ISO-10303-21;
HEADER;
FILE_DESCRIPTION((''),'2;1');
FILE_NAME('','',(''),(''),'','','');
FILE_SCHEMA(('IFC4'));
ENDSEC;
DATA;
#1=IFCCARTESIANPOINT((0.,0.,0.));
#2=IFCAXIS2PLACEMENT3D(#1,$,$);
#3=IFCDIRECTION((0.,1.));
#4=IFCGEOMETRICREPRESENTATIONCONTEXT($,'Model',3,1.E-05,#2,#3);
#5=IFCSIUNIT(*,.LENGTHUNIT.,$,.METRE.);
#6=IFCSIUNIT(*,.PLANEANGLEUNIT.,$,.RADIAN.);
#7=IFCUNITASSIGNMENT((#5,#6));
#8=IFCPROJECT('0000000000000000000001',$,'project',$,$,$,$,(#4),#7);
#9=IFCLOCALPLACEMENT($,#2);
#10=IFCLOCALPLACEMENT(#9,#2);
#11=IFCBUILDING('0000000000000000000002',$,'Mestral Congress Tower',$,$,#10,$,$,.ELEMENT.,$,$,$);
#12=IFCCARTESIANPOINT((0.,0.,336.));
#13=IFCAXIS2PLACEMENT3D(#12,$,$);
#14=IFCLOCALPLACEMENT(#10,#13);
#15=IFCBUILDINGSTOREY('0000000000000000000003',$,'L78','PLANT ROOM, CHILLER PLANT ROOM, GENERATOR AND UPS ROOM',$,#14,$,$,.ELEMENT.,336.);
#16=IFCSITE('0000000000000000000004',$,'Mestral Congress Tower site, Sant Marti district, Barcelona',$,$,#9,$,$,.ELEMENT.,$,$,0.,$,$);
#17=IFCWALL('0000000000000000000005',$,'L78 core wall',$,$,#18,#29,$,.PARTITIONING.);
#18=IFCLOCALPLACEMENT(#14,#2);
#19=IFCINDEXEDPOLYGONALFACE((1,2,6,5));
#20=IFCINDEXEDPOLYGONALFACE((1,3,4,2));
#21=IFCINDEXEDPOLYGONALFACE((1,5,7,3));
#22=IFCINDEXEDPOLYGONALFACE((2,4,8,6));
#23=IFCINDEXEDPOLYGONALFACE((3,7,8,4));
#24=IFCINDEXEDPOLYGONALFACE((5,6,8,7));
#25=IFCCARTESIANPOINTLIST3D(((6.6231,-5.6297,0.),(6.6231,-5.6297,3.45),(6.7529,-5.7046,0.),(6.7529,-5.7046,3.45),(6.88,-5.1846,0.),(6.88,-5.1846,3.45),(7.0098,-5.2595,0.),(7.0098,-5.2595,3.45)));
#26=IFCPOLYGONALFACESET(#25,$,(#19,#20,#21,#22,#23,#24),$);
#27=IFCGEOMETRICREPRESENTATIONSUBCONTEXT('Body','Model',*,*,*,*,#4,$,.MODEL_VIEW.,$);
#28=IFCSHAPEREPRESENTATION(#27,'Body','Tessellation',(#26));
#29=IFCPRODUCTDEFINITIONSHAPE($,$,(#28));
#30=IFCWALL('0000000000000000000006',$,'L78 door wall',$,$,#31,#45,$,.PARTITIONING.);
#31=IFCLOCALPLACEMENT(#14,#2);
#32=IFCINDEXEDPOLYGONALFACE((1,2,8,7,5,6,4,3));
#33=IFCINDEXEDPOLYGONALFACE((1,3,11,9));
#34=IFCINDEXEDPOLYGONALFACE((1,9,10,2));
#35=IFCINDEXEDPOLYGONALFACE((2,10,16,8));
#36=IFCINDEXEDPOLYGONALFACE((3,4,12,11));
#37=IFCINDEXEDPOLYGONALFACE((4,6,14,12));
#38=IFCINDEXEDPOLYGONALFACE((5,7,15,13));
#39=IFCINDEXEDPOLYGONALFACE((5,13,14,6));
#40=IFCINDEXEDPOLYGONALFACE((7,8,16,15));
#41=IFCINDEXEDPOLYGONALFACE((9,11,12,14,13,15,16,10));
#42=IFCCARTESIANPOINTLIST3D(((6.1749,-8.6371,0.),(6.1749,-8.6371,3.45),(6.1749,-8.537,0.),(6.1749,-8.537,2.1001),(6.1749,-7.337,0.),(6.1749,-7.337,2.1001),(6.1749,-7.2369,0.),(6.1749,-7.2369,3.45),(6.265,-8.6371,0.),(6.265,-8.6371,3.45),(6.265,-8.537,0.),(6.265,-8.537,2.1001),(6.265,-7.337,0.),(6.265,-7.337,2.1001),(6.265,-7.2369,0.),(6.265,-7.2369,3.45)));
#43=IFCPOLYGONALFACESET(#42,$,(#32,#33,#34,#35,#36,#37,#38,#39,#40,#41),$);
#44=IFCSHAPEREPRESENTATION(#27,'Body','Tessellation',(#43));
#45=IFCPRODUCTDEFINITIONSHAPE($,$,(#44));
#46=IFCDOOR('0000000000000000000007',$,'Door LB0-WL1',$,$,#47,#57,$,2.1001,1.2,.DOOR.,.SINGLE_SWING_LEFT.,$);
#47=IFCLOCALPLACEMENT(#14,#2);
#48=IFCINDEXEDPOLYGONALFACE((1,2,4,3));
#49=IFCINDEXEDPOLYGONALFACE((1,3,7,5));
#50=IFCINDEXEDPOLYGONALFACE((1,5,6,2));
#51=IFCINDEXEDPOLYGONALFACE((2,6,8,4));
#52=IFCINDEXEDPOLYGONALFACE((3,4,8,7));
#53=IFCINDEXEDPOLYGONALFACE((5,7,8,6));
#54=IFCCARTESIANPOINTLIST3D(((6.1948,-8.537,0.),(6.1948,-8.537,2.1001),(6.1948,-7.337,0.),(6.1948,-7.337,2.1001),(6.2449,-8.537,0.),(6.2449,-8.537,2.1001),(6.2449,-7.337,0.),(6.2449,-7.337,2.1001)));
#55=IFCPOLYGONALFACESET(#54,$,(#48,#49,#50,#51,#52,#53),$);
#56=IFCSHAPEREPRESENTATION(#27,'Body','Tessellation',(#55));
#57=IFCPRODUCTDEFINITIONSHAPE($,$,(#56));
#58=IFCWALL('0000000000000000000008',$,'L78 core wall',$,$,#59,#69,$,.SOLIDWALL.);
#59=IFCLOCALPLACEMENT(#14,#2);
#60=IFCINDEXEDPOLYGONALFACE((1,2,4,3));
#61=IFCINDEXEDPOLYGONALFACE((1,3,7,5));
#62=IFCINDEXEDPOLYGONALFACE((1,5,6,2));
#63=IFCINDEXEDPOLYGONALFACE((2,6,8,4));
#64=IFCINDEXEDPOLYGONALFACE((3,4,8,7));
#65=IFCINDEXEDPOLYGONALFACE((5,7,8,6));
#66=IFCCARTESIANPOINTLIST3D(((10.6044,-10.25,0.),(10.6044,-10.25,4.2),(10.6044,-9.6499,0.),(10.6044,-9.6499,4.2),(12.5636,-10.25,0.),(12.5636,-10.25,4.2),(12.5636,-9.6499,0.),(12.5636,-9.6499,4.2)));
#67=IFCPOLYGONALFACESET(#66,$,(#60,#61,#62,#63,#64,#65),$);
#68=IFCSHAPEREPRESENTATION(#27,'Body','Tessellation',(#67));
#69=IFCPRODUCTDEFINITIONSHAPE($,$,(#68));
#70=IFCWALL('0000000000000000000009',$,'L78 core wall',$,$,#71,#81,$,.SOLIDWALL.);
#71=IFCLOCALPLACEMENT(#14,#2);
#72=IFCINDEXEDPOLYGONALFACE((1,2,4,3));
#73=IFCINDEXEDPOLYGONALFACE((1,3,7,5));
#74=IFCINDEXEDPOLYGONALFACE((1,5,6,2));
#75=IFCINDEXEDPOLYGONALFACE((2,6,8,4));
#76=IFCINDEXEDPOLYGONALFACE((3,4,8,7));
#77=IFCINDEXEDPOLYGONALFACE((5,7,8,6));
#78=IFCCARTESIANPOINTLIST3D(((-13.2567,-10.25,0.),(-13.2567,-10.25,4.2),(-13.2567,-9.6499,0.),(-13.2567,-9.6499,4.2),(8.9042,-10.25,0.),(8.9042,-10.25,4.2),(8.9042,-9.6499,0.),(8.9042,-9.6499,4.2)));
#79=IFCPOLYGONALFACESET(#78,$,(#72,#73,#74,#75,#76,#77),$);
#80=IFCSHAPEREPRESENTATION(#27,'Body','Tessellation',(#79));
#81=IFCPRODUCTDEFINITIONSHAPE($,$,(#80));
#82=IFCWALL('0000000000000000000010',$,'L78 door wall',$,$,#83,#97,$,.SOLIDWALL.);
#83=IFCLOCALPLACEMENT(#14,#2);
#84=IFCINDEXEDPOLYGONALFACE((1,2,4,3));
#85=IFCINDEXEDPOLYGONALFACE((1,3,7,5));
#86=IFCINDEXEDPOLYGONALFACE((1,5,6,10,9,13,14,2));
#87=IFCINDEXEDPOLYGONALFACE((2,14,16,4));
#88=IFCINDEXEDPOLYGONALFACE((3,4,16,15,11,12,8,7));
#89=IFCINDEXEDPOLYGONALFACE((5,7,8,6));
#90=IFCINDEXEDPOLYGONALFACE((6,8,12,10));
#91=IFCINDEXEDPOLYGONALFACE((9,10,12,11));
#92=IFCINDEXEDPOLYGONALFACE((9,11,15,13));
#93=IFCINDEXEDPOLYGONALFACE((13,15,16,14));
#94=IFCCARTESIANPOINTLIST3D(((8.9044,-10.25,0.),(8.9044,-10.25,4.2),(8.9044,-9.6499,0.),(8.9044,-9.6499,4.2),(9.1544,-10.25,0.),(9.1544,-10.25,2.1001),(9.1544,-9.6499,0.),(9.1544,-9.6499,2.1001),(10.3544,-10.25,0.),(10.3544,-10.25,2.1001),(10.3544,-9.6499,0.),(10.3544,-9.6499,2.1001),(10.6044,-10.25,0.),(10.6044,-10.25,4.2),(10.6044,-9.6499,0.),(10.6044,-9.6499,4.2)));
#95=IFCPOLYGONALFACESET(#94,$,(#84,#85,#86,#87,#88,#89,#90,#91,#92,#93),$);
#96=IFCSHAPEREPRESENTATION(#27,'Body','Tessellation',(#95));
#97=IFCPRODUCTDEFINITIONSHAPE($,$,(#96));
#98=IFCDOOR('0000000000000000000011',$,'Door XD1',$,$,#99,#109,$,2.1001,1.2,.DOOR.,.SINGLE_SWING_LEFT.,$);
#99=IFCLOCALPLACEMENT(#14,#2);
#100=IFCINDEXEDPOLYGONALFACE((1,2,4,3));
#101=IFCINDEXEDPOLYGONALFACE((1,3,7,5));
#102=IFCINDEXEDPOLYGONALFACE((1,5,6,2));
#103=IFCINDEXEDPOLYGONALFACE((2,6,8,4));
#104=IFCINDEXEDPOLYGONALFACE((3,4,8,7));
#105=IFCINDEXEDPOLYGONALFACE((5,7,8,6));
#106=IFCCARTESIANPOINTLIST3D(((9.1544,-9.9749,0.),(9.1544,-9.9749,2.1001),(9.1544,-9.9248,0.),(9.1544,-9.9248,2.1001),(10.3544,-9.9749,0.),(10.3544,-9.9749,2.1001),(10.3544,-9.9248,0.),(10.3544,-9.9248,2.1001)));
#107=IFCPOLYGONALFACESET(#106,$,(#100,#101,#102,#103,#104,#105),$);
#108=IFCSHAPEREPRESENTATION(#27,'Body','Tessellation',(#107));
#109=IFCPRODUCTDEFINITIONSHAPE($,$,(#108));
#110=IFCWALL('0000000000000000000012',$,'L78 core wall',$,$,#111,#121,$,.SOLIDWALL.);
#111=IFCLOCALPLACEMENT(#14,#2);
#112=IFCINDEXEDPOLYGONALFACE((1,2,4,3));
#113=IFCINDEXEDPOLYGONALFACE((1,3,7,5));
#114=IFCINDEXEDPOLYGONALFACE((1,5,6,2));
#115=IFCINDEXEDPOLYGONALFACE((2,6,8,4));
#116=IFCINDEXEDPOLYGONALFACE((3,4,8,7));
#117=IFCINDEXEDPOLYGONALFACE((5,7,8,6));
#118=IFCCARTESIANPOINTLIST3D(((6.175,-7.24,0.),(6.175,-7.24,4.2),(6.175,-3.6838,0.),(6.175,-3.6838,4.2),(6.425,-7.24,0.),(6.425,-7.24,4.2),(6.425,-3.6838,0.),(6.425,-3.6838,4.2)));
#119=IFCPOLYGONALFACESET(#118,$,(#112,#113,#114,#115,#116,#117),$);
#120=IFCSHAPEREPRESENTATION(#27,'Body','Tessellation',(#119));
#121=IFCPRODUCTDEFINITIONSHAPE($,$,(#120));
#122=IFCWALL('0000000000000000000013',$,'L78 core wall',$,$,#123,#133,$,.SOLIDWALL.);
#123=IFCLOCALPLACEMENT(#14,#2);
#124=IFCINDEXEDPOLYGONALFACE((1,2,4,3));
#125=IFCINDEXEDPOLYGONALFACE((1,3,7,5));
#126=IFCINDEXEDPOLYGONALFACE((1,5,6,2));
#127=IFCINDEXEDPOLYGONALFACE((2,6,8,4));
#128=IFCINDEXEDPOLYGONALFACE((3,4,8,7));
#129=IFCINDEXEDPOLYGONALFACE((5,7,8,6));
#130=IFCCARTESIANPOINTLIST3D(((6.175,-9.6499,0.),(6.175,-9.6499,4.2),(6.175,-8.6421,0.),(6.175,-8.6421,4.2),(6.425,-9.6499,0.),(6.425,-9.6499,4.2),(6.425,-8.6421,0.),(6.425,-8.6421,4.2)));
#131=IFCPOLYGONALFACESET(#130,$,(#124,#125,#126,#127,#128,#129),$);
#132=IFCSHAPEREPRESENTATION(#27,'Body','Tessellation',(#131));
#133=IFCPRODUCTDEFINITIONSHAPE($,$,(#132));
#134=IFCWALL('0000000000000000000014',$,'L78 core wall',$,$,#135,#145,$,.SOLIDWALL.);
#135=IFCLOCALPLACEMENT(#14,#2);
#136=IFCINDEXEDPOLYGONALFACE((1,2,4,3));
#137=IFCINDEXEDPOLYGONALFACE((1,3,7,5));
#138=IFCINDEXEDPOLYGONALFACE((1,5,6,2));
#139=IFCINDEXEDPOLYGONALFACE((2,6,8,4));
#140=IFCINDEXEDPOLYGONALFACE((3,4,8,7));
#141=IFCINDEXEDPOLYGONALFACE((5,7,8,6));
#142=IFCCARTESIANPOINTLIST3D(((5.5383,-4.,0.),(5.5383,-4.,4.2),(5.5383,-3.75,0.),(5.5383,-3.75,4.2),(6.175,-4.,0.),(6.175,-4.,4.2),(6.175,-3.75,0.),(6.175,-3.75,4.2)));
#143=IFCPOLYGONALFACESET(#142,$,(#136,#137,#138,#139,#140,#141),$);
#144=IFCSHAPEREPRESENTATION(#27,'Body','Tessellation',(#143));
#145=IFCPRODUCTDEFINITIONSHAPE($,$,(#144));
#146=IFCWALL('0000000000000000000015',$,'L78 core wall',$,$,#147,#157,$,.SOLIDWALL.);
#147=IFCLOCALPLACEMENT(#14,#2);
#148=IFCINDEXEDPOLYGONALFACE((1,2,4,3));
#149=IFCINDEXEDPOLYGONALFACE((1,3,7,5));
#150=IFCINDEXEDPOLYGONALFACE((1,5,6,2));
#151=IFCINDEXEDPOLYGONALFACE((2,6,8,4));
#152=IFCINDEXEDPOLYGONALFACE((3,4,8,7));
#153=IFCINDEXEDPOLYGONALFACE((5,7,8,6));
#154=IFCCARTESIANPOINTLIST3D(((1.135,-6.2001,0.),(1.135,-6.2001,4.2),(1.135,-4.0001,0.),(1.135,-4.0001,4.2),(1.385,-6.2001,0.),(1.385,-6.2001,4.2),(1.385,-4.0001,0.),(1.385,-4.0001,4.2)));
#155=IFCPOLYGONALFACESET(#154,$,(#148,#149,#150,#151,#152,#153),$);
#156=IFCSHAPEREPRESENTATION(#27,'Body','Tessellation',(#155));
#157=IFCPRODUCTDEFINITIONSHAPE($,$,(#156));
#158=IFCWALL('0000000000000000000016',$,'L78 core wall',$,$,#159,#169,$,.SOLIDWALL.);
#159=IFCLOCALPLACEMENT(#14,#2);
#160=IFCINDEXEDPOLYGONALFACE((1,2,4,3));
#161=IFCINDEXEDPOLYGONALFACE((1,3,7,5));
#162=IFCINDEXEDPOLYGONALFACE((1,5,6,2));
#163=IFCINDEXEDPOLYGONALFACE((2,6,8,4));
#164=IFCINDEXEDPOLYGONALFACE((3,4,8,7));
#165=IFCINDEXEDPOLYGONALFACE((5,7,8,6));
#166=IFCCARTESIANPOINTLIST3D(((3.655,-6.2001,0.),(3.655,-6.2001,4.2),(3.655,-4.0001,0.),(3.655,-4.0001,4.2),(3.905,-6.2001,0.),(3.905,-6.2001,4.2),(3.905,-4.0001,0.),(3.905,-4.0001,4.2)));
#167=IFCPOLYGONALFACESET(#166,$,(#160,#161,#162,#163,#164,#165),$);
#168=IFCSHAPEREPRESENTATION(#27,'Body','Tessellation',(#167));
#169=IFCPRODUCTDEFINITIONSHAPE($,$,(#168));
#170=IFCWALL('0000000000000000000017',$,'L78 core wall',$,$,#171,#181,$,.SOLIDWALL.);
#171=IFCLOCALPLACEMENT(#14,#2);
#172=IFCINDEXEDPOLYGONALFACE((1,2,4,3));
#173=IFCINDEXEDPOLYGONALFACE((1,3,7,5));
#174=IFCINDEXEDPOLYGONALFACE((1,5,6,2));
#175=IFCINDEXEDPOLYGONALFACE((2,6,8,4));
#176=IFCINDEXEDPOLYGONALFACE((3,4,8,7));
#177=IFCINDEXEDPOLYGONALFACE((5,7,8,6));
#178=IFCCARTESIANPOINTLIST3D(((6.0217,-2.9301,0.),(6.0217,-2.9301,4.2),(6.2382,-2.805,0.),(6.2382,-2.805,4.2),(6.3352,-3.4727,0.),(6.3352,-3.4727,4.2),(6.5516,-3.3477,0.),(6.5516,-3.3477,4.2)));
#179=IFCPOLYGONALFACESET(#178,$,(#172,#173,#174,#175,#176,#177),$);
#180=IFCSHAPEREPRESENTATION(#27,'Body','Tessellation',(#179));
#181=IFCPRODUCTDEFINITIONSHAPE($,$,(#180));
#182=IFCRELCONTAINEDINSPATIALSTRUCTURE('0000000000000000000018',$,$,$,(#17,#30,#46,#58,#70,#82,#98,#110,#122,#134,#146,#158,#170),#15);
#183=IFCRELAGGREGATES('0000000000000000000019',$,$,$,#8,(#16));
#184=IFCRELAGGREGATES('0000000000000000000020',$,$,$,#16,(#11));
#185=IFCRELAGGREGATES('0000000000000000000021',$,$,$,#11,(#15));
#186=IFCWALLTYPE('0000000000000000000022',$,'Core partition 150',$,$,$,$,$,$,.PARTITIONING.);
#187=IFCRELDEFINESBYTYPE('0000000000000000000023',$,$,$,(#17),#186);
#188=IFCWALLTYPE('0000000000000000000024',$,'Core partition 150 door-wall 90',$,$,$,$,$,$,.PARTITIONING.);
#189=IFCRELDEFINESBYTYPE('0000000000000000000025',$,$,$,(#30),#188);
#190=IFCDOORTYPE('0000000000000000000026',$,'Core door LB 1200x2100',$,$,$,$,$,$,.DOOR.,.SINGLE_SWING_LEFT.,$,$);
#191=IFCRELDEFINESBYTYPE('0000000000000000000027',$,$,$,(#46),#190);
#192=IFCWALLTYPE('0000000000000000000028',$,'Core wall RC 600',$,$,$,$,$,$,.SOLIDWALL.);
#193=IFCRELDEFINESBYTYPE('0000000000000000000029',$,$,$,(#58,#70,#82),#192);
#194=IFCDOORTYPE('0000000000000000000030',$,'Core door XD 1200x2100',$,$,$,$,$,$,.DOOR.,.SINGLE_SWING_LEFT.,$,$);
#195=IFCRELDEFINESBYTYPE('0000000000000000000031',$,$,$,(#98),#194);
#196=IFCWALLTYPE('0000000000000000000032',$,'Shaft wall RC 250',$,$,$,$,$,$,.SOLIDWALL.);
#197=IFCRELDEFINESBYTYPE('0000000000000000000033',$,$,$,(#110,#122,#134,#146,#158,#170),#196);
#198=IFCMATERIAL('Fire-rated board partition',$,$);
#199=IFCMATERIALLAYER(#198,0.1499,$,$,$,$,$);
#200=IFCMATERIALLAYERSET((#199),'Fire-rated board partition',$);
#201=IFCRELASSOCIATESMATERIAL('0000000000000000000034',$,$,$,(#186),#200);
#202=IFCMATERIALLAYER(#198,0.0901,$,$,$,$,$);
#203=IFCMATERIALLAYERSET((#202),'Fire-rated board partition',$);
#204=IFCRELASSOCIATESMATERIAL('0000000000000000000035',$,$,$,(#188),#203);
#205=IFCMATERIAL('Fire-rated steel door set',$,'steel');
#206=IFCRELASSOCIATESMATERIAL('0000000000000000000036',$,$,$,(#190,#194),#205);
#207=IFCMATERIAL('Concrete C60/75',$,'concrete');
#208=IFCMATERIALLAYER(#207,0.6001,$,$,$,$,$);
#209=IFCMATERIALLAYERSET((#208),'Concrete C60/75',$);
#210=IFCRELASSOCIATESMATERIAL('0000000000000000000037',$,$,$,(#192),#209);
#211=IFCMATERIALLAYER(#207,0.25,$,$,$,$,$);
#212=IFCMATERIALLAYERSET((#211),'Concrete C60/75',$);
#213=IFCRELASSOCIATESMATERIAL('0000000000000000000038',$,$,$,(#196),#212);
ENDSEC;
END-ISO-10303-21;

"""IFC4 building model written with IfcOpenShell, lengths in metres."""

from ifc_helpers import new_model, si_unit, direction, frame, frame_2d, origin, place, context, subcontext, project, spatial, rectangle, extrude, material, layer, layer_set, type_object, element, fill, save


model = new_model("IFC4")

# Units and contexts
model_context = context("Model", 3, precision=1e-05, world=origin(), true_north=direction((0.0, 1.0)))
body_context = subcontext(model_context, "Body", "Model", "MODEL_VIEW")
ifc_project = project(units=[si_unit("LENGTHUNIT", "METRE"), si_unit("PLANEANGLEUNIT", "RADIAN")], contexts=[model_context])

# Site, building, storey
site_placement = place(None, origin())
site = spatial("IfcSite", under=ifc_project, at=site_placement, Name="Mestral Congress Tower site, Sant Marti district, Barcelona", CompositionType="ELEMENT", RefElevation=0.0)
building_placement = place(site_placement, origin())
building = spatial("IfcBuilding", under=site, at=building_placement, Name="Mestral Congress Tower", CompositionType="ELEMENT")
storey_placement = place(building_placement, frame((0.0, 0.0, 336.0)))
storey = spatial("IfcBuildingStorey", under=building, at=storey_placement, Name="L78", Description="PLANT ROOM, CHILLER PLANT ROOM, GENERATOR AND UPS ROOM", CompositionType="ELEMENT", Elevation=336.0)

# Wall
ifc_material_1 = material(Name="Fire-rated board partition")
ifc_layer_1 = layer(ifc_material_1, 0.1499)
ifc_layer_set_1 = layer_set([ifc_layer_1], Name="Fire-rated board partition")
wall_type_1 = type_object("IfcWallType", Name="Core partition 150", PredefinedType="PARTITIONING", material=ifc_layer_set_1)
wall_1_placement = place(storey_placement, frame((6.9448, -5.2222, 0.0), z_axis=(0.0, 0.0, 1.0), x_axis=(-0.499818, -0.86613, 0.0)))
element("IfcWall", 1, at=wall_1_placement, inside=storey, type_object=wall_type_1, Name="L78 core wall", PredefinedType="PARTITIONING", context=body_context, shape_type="SweptSolid", body=[
    extrude(rectangle(XDim=0.5139, YDim=0.1499, at=frame_2d((0.2568, 0.0))), origin(), (0.0, 0.0, 1.0), 3.45),
])

# Wall, opening, door
ifc_layer_2 = layer(ifc_material_1, 0.0901)
ifc_layer_set_2 = layer_set([ifc_layer_2], Name="Fire-rated board partition")
wall_type_2 = type_object("IfcWallType", Name="Core partition 150 door-wall 90", PredefinedType="PARTITIONING", material=ifc_layer_set_2)
wall_2_placement = place(storey_placement, frame((6.22, -7.2368, 0.0), z_axis=(0.0, 0.0, 1.0), x_axis=(0.0, -1.0, 0.0)))
wall_2 = element("IfcWall", 2, at=wall_2_placement, inside=storey, type_object=wall_type_2, Name="L78 door wall", PredefinedType="PARTITIONING", context=body_context, shape_type="SweptSolid", body=[
    extrude(rectangle(XDim=1.4001, YDim=0.0901, at=frame_2d((0.7002, 0.0))), origin(), (0.0, 0.0, 1.0), 3.45),
])
opening_1_placement = place(wall_2_placement, frame((0.1001, 0.0, 0.0)))
opening_1 = element("IfcOpeningElement", 3, at=opening_1_placement, cuts=wall_2, PredefinedType="OPENING", context=body_context, shape_type="SweptSolid", body=[
    extrude(rectangle(XDim=1.2, YDim=2.1001, at=frame_2d((0.6001, 1.05))), frame((0.0, 0.0549, 0.0), z_axis=(0.0, -1.0, 0.0), x_axis=(1.0, 0.0, 0.0)), (0.0, 0.0, 1.0), 0.1101),
])
ifc_material_2 = material(Name="Fire-rated steel door set", Category="steel")
door_type_1 = type_object("IfcDoorType", Name="Core door LB 1200x2100", OperationType="SINGLE_SWING_LEFT", PredefinedType="DOOR", material=ifc_material_2)
door_1_placement = place(opening_1_placement, origin())
door_1 = element("IfcDoor", 4, at=door_1_placement, inside=storey, type_object=door_type_1, Name="Door LB0-WL1", OperationType="SINGLE_SWING_LEFT", OverallHeight=2.1001, OverallWidth=1.2, PredefinedType="DOOR", context=body_context, shape_type="SweptSolid", body=[
    extrude(rectangle(XDim=1.2, YDim=2.1001, at=frame_2d((0.6001, 1.05))), frame((0.0, 0.0249, 0.0), z_axis=(0.0, -1.0, 0.0), x_axis=(1.0, 0.0, 0.0)), (0.0, 0.0, 1.0), 0.05),
])
fill(opening_1, door_1)

# Walls
ifc_material_3 = material(Name="Concrete C60/75", Category="concrete")
ifc_layer_3 = layer(ifc_material_3, 0.6001)
ifc_layer_set_3 = layer_set([ifc_layer_3], Name="Concrete C60/75")
wall_type_3 = type_object("IfcWallType", Name="Core wall RC 600", PredefinedType="SOLIDWALL", material=ifc_layer_set_3)
wall_3_placement = place(storey_placement, frame((10.6045, -9.95, 0.0), z_axis=(0.0, 0.0, 1.0), x_axis=(1.0, 0.0, 0.0)))
element("IfcWall", 5, at=wall_3_placement, inside=storey, type_object=wall_type_3, Name="L78 core wall", PredefinedType="SOLIDWALL", context=body_context, shape_type="SweptSolid", body=[
    extrude(rectangle(XDim=1.9592, YDim=0.6001, at=frame_2d((0.9795, 0.0))), origin(), (0.0, 0.0, 1.0), 4.2),
])
wall_4_placement = place(storey_placement, frame((8.9043, -9.95, 0.0), z_axis=(0.0, 0.0, 1.0), x_axis=(-1.0, 0.0, 0.0)))
element("IfcWall", 6, at=wall_4_placement, inside=storey, type_object=wall_type_3, Name="L78 core wall", PredefinedType="SOLIDWALL", context=body_context, shape_type="SweptSolid", body=[
    extrude(rectangle(XDim=22.1609, YDim=0.6001, at=frame_2d((11.0806, 0.0))), origin(), (0.0, 0.0, 1.0), 4.2),
])

# Wall, opening, door
wall_5_placement = place(storey_placement, frame((10.6045, -9.95, 0.0), z_axis=(0.0, 0.0, 1.0), x_axis=(-1.0, 0.0, 0.0)))
wall_5 = element("IfcWall", 7, at=wall_5_placement, inside=storey, type_object=wall_type_3, Name="L78 door wall", PredefinedType="SOLIDWALL", context=body_context, shape_type="SweptSolid", body=[
    extrude(rectangle(XDim=1.7, YDim=0.6001, at=frame_2d((0.8501, 0.0))), origin(), (0.0, 0.0, 1.0), 4.2),
])
opening_2_placement = place(wall_5_placement, frame((0.25, 0.0, 0.0)))
opening_2 = element("IfcOpeningElement", 8, at=opening_2_placement, cuts=wall_5, PredefinedType="OPENING", context=body_context, shape_type="SweptSolid", body=[
    extrude(rectangle(XDim=1.2, YDim=2.1001, at=frame_2d((0.6001, 1.05))), frame((0.0, 0.3101, 0.0), z_axis=(0.0, -1.0, 0.0), x_axis=(1.0, 0.0, 0.0)), (0.0, 0.0, 1.0), 0.6201),
])
door_type_2 = type_object("IfcDoorType", Name="Core door XD 1200x2100", OperationType="SINGLE_SWING_LEFT", PredefinedType="DOOR", material=ifc_material_2)
door_2_placement = place(opening_2_placement, origin())
door_2 = element("IfcDoor", 9, at=door_2_placement, inside=storey, type_object=door_type_2, Name="Door XD1", OperationType="SINGLE_SWING_LEFT", OverallHeight=2.1001, OverallWidth=1.2, PredefinedType="DOOR", context=body_context, shape_type="SweptSolid", body=[
    extrude(rectangle(XDim=1.2, YDim=2.1001, at=frame_2d((0.6001, 1.05))), frame((0.0, 0.0249, 0.0), z_axis=(0.0, -1.0, 0.0), x_axis=(1.0, 0.0, 0.0)), (0.0, 0.0, 1.0), 0.05),
])
fill(opening_2, door_2)

# Walls
ifc_layer_4 = layer(ifc_material_3, 0.25)
ifc_layer_set_4 = layer_set([ifc_layer_4], Name="Concrete C60/75")
wall_type_4 = type_object("IfcWallType", Name="Shaft wall RC 250", PredefinedType="SOLIDWALL", material=ifc_layer_set_4)
wall_6_placement = place(storey_placement, frame((6.3, -7.24, 0.0), z_axis=(0.0, 0.0, 1.0), x_axis=(0.0, 1.0, 0.0)))
element("IfcWall", 10, at=wall_6_placement, inside=storey, type_object=wall_type_4, Name="L78 core wall", PredefinedType="SOLIDWALL", context=body_context, shape_type="SweptSolid", body=[
    extrude(rectangle(XDim=3.5562, YDim=0.25, at=frame_2d((1.7781, 0.0))), origin(), (0.0, 0.0, 1.0), 4.2),
])
wall_7_placement = place(storey_placement, frame((6.3, -9.6499, 0.0), z_axis=(0.0, 0.0, 1.0), x_axis=(0.0, 1.0, 0.0)))
element("IfcWall", 11, at=wall_7_placement, inside=storey, type_object=wall_type_4, Name="L78 core wall", PredefinedType="SOLIDWALL", context=body_context, shape_type="SweptSolid", body=[
    extrude(rectangle(XDim=1.0078, YDim=0.25, at=frame_2d((0.5039, 0.0))), origin(), (0.0, 0.0, 1.0), 4.2),
])
wall_8_placement = place(storey_placement, frame((5.5383, -3.875, 0.0), z_axis=(0.0, 0.0, 1.0), x_axis=(1.0, 0.0, 0.0)))
element("IfcWall", 12, at=wall_8_placement, inside=storey, type_object=wall_type_4, Name="L78 core wall", PredefinedType="SOLIDWALL", context=body_context, shape_type="SweptSolid", body=[
    extrude(rectangle(XDim=0.6367, YDim=0.25, at=frame_2d((0.3184, 0.0))), origin(), (0.0, 0.0, 1.0), 4.2),
])
for number, where, z_axis, x_axis, name in (
    (13, (1.26, -4.0, 0.0), (0.0, 0.0, 1.0), (0.0, -1.0, 0.0), "L78 core wall"),
    (14, (3.78, -4.0, 0.0), (0.0, 0.0, 1.0), (0.0, -1.0, 0.0), "L78 core wall"),
):
    element("IfcWall", number, at=place(storey_placement, frame(where, z_axis=z_axis, x_axis=x_axis)), inside=storey, type_object=wall_type_4, Name=name, PredefinedType="SOLIDWALL", context=body_context, shape_type="SweptSolid", body=[
        extrude(rectangle(XDim=2.2, YDim=0.25, at=frame_2d((1.1001, 0.0))), origin(), (0.0, 0.0, 1.0), 4.2),
    ])
wall_9_placement = place(storey_placement, frame((6.1299, -2.8674, 0.0), z_axis=(0.0, 0.0, 1.0), x_axis=(0.500161, -0.865933, 0.0)))
element("IfcWall", 15, at=wall_9_placement, inside=storey, type_object=wall_type_4, Name="L78 core wall", PredefinedType="SOLIDWALL", context=body_context, shape_type="SweptSolid", body=[
    extrude(rectangle(XDim=0.6267, YDim=0.25, at=frame_2d((0.3135, 0.0))), origin(), (0.0, 0.0, 1.0), 4.2),
])

save(model, "model.ifc")
